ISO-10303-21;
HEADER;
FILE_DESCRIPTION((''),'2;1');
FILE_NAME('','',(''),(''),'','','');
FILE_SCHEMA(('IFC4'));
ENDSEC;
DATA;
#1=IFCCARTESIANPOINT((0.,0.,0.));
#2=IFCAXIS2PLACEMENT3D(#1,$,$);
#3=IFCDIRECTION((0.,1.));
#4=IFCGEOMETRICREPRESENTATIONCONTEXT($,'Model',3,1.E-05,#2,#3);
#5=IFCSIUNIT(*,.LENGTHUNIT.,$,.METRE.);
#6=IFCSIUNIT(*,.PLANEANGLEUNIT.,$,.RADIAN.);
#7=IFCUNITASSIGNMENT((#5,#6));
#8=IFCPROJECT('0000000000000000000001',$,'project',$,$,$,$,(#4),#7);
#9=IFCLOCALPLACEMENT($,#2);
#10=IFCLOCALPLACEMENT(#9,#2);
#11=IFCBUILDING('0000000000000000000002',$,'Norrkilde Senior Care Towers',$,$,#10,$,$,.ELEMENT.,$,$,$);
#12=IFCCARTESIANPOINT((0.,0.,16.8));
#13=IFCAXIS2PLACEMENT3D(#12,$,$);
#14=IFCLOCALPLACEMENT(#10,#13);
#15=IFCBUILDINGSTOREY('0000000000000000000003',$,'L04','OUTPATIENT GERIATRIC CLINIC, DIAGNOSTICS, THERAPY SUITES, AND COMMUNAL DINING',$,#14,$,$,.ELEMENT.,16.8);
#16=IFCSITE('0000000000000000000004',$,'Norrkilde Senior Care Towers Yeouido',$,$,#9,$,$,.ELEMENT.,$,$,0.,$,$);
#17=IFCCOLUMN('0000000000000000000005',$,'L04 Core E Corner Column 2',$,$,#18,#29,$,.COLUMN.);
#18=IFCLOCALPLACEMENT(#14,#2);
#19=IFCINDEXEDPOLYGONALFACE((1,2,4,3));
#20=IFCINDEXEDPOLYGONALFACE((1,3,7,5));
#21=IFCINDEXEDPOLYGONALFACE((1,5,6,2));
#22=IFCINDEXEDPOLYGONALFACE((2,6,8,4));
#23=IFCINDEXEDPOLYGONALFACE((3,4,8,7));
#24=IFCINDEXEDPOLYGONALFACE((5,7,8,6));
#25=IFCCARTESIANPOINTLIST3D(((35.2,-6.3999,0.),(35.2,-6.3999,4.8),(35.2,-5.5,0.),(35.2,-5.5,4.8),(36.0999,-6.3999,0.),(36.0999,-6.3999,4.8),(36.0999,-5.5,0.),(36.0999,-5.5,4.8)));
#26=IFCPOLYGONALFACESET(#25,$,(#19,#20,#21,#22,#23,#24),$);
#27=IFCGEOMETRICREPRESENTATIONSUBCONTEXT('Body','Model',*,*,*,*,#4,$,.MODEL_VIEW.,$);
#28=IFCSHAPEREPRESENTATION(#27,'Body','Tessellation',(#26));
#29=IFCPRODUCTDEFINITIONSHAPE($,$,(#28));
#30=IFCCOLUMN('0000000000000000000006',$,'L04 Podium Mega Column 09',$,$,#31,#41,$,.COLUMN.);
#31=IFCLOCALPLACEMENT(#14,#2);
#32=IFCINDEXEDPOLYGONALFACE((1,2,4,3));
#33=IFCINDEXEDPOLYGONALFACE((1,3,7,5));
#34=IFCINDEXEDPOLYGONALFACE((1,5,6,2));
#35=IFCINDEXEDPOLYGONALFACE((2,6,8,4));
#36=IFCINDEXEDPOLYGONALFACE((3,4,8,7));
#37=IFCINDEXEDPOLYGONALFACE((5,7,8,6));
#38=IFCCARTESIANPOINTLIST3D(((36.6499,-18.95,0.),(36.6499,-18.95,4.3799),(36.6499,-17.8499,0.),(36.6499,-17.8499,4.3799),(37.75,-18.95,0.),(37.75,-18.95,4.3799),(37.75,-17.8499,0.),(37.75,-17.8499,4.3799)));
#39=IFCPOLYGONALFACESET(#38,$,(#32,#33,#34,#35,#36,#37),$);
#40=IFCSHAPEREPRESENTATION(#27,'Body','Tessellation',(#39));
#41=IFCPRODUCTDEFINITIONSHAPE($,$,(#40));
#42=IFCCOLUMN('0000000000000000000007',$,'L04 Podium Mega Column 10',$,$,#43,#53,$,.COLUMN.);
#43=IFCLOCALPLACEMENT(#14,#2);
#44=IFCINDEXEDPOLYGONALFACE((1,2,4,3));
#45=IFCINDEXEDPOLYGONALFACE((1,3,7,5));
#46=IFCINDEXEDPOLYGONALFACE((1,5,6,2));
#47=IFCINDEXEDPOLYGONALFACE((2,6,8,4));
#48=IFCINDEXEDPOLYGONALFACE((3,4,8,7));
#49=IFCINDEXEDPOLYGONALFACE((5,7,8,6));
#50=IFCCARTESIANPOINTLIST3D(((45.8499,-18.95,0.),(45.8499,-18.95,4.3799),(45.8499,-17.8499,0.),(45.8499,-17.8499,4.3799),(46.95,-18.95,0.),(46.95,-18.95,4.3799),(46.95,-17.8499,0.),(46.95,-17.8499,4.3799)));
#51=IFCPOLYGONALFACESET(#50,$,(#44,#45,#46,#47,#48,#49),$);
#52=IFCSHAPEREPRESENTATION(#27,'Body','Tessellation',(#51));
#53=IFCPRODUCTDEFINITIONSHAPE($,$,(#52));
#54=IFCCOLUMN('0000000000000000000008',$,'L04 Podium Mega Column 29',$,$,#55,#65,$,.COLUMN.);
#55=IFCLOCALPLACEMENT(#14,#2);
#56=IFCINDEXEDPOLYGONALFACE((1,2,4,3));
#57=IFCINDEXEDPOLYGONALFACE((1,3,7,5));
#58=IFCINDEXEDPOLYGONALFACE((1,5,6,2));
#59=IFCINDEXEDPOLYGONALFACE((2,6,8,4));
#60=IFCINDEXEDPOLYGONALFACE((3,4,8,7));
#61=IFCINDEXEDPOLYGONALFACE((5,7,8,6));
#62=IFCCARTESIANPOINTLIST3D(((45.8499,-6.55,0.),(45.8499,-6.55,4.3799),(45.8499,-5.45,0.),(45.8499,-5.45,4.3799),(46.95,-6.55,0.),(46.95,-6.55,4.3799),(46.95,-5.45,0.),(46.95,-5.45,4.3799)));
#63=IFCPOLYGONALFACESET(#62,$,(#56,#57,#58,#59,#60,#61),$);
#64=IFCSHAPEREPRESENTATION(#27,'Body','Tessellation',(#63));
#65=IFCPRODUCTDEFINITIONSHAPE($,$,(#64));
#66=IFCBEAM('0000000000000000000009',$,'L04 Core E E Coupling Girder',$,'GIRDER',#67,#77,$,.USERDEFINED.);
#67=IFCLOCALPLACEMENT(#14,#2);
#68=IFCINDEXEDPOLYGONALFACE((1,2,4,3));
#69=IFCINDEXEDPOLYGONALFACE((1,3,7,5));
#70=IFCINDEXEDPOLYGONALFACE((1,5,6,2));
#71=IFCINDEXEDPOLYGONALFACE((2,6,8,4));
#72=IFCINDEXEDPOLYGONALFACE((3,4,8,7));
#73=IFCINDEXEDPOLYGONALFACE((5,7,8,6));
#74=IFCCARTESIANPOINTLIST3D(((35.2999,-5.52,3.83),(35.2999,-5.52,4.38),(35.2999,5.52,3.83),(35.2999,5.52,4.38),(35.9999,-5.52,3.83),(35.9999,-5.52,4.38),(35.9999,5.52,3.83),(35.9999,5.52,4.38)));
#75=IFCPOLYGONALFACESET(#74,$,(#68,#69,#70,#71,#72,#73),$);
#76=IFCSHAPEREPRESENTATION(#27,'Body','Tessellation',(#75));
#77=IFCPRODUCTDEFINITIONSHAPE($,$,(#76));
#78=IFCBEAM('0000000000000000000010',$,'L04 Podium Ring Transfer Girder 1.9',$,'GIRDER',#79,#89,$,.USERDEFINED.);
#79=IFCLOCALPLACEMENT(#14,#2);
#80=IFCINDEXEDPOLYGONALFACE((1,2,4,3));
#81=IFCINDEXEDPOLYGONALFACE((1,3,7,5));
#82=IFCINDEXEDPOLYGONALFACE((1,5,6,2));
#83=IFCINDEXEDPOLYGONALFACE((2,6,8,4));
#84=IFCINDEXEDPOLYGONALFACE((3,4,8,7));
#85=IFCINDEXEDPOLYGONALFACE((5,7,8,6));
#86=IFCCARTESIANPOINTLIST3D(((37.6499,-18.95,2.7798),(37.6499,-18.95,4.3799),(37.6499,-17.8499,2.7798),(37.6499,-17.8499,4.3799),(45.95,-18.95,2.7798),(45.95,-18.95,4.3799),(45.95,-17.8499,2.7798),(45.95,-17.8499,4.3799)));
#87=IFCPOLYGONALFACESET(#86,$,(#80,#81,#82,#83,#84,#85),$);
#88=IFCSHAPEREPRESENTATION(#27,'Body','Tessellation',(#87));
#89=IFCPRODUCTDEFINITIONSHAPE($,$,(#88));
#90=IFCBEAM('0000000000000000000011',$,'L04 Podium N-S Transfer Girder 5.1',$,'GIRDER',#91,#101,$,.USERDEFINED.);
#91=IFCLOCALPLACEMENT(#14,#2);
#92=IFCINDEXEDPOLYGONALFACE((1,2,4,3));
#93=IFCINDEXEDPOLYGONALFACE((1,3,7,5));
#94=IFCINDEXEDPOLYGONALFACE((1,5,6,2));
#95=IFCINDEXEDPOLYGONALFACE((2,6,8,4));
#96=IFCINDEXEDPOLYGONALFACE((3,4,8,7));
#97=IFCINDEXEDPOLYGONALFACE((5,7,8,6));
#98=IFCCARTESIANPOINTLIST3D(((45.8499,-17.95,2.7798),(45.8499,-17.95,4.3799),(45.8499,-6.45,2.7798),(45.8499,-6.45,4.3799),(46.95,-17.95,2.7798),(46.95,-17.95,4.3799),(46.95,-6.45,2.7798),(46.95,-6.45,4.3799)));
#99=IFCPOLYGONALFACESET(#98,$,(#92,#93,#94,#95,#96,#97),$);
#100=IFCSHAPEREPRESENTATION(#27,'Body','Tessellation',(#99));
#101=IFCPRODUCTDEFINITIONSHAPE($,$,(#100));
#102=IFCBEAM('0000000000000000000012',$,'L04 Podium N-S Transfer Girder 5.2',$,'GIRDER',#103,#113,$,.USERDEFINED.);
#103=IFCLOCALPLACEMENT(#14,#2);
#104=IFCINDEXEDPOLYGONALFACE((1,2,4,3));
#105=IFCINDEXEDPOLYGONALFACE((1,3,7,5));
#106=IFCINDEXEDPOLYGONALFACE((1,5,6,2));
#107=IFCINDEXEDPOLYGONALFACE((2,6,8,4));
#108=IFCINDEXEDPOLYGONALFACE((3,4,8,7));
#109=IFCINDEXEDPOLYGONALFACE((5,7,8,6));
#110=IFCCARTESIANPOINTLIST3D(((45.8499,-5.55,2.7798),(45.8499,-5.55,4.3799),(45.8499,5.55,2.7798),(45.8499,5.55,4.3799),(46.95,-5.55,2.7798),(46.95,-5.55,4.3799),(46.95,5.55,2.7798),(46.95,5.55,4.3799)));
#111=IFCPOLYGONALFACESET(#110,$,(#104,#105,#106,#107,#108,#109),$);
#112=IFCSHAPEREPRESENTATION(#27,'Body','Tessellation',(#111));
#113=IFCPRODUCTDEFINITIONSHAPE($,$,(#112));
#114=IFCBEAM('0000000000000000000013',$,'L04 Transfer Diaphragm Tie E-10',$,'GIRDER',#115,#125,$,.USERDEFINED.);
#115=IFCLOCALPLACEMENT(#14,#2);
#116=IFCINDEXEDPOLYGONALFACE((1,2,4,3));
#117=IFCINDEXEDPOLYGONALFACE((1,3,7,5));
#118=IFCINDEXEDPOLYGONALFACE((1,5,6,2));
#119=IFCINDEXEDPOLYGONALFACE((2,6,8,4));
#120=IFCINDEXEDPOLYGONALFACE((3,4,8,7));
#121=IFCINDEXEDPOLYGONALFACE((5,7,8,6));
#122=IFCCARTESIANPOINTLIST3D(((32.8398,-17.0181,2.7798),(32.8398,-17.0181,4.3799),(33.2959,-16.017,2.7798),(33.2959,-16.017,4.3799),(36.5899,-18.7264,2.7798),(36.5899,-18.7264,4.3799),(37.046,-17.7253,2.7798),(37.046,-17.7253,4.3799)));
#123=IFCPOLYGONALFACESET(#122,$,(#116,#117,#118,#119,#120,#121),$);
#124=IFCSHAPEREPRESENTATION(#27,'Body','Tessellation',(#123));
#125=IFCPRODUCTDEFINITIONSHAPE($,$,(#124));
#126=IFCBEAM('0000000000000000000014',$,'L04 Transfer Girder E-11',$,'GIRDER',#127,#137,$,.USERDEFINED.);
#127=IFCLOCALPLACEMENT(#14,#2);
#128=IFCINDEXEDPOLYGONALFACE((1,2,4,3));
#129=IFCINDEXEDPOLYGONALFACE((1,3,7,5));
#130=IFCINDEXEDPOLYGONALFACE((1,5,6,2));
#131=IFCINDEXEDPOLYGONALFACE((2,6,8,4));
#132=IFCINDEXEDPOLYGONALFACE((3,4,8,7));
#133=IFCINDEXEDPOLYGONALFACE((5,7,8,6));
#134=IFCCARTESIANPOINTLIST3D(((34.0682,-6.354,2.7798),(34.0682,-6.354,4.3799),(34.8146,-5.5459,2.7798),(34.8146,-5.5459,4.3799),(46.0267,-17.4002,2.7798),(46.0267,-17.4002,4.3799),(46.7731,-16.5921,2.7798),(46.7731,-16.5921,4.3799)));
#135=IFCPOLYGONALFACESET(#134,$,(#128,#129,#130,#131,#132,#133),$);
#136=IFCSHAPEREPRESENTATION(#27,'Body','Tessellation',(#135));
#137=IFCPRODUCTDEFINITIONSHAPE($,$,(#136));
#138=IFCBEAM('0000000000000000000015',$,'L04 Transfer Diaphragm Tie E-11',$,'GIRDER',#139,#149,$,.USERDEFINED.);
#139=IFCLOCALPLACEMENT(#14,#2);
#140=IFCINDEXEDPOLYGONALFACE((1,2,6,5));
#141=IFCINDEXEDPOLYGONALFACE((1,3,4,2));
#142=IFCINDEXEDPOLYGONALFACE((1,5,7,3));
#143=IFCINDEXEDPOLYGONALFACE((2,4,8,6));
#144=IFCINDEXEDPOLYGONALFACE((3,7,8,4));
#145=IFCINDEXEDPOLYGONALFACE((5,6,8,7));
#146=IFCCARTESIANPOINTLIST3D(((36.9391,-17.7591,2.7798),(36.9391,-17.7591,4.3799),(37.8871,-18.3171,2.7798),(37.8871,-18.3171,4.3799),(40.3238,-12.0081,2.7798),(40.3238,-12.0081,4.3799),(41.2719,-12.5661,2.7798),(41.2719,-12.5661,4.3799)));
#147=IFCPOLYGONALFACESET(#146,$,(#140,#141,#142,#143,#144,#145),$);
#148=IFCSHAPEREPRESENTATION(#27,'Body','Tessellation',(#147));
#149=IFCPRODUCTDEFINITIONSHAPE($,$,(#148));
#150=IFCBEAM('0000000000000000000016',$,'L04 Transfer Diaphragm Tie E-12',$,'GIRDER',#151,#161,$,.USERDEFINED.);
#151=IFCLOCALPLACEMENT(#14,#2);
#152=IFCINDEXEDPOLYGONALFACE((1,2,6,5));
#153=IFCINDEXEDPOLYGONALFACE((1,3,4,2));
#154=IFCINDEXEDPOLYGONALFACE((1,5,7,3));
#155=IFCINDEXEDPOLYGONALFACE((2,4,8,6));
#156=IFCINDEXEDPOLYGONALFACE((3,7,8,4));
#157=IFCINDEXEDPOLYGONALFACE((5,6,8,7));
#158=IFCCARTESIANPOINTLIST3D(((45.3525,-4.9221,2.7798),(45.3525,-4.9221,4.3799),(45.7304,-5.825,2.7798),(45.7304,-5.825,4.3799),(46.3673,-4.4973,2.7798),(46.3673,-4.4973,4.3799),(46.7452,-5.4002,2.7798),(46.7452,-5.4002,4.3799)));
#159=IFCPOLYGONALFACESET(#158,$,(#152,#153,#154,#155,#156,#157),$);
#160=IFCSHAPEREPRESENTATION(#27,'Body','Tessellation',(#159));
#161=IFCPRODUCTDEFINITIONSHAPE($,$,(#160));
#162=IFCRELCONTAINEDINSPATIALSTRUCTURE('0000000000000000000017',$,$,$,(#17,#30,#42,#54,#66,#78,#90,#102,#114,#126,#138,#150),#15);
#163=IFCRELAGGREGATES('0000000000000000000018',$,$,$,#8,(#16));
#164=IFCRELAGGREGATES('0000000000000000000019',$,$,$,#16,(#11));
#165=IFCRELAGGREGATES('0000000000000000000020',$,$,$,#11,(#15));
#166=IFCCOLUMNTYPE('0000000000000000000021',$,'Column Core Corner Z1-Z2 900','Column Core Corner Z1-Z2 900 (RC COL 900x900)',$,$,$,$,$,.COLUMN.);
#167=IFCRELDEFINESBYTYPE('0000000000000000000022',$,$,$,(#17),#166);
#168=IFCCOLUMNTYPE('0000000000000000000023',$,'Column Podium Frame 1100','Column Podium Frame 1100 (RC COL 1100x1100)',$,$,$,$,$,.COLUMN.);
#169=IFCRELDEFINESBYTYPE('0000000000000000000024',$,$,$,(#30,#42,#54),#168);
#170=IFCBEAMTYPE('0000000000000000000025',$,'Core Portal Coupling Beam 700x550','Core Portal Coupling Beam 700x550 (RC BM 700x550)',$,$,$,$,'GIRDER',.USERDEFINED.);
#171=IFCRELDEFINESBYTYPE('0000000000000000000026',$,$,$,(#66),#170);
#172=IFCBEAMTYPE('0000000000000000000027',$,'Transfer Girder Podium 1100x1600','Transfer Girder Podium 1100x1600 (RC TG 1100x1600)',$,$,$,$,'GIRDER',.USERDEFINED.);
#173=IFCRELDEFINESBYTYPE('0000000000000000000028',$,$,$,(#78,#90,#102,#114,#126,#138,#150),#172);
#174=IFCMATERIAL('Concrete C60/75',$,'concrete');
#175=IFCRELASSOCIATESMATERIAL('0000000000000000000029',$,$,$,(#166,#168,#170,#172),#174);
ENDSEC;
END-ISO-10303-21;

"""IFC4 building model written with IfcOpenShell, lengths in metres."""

from ifc_helpers import new_model, si_unit, direction, frame, origin, origin_2d, place, context, subcontext, project, spatial, rectangle, extrude, source, transform, mapped, material, material_profile, profile_set, type_object, type_shapes, element, save


model = new_model("IFC4")

# Units and contexts
model_context = context("Model", 3, precision=1e-05, world=origin(), true_north=direction((0.0, 1.0)))
body_context = subcontext(model_context, "Body", "Model", "MODEL_VIEW")
ifc_project = project(units=[si_unit("LENGTHUNIT", "METRE"), si_unit("PLANEANGLEUNIT", "RADIAN")], contexts=[model_context])

# Site, building, storey
site_placement = place(None, origin())
site = spatial("IfcSite", under=ifc_project, at=site_placement, Name="Norrkilde Senior Care Towers Yeouido", CompositionType="ELEMENT", RefElevation=0.0)
building_placement = place(site_placement, origin())
building = spatial("IfcBuilding", under=site, at=building_placement, Name="Norrkilde Senior Care Towers", CompositionType="ELEMENT")
storey_placement = place(building_placement, frame((0.0, 0.0, 16.8)))
storey = spatial("IfcBuildingStorey", under=building, at=storey_placement, Name="L04", Description="OUTPATIENT GERIATRIC CLINIC, DIAGNOSTICS, THERAPY SUITES, AND COMMUNAL DINING", CompositionType="ELEMENT", Elevation=16.8)

# Columns
ifc_material_1 = material(Name="Concrete C60/75", Category="concrete")
ifc_material_profile_1 = material_profile(ifc_material_1, rectangle(XDim=0.8999, YDim=0.8999, at=origin_2d()), Name="RC COL 900x900")
ifc_profile_set_1 = profile_set([ifc_material_profile_1], Name="Concrete C60/75")
column_type_1 = type_object("IfcColumnType", Name="Column Core Corner Z1-Z2 900", Description="Column Core Corner Z1-Z2 900 (RC COL 900x900)", PredefinedType="COLUMN", material=ifc_profile_set_1)
shared_shape_1 = source(origin(), body_context, "Body", "SweptSolid", [
    extrude(rectangle(XDim=0.8999, YDim=0.8999, at=origin_2d()), origin(), (0.0, 0.0, 1.0), 4.8),
])
type_shapes(column_type_1, [shared_shape_1])
column_placement = place(storey_placement, frame((35.6499, -5.95, 0.0), z_axis=(0.0, 0.0, 1.0), x_axis=(1.0, 0.0, 0.0)))
element("IfcColumn", 1, at=column_placement, inside=storey, type_object=column_type_1, Name="L04 Core E Corner Column 2", PredefinedType="COLUMN", context=body_context, shape_type="MappedRepresentation", body=[
    mapped(shared_shape_1, transform((0.0, 0.0, 0.0), x_axis=(1.0, 0.0, 0.0), y_axis=(0.0, 1.0, 0.0), z_axis=(0.0, 0.0, 1.0), scale=1.0)),
])
ifc_material_profile_2 = material_profile(ifc_material_1, rectangle(XDim=1.1001, YDim=1.1001, at=origin_2d()), Name="RC COL 1100x1100")
ifc_profile_set_2 = profile_set([ifc_material_profile_2], Name="Concrete C60/75")
column_type_2 = type_object("IfcColumnType", Name="Column Podium Frame 1100", Description="Column Podium Frame 1100 (RC COL 1100x1100)", PredefinedType="COLUMN", material=ifc_profile_set_2)
shared_shape_2 = source(origin(), body_context, "Body", "SweptSolid", [
    extrude(rectangle(XDim=1.1001, YDim=1.1001, at=origin_2d()), origin(), (0.0, 0.0, 1.0), 4.3799),
])
type_shapes(column_type_2, [shared_shape_2])
for number, where, z_axis, x_axis, name in (
    (2, (37.2, -18.3999, 0.0), (0.0, 0.0, 1.0), (1.0, 0.0, 0.0), "L04 Podium Mega Column 09"),
    (3, (46.3999, -18.3999, 0.0), (0.0, 0.0, 1.0), (1.0, 0.0, 0.0), "L04 Podium Mega Column 10"),
    (4, (46.3999, -6.0, 0.0), (0.0, 0.0, 1.0), (1.0, 0.0, 0.0), "L04 Podium Mega Column 29"),
):
    element("IfcColumn", number, at=place(storey_placement, frame(where, z_axis=z_axis, x_axis=x_axis)), inside=storey, type_object=column_type_2, Name=name, PredefinedType="COLUMN", context=body_context, shape_type="MappedRepresentation", body=[
        mapped(shared_shape_2, transform((0.0, 0.0, 0.0), x_axis=(1.0, 0.0, 0.0), y_axis=(0.0, 1.0, 0.0), z_axis=(0.0, 0.0, 1.0), scale=1.0)),
    ])

# Beams
ifc_material_profile_3 = material_profile(ifc_material_1, rectangle(XDim=0.7, YDim=0.55, at=origin_2d()), Name="RC BM 700x550")
ifc_profile_set_3 = profile_set([ifc_material_profile_3], Name="Concrete C60/75")
beam_type_1 = type_object("IfcBeamType", Name="Core Portal Coupling Beam 700x550", Description="Core Portal Coupling Beam 700x550 (RC BM 700x550)", ElementType="GIRDER", PredefinedType="USERDEFINED", material=ifc_profile_set_3)
shared_shape_3 = source(origin(), body_context, "Body", "SweptSolid", [
    extrude(rectangle(XDim=0.7, YDim=0.55, at=origin_2d()), origin(), (0.0, 0.0, 1.0), 11.04),
])
type_shapes(beam_type_1, [shared_shape_3])
beam_1_placement = place(storey_placement, frame((35.6499, -5.52, 4.105), z_axis=(0.0, 1.0, 0.0), x_axis=(-1.0, 0.0, 0.0)))
element("IfcBeam", 5, at=beam_1_placement, inside=storey, type_object=beam_type_1, Name="L04 Core E E Coupling Girder", ObjectType="GIRDER", PredefinedType="USERDEFINED", context=body_context, shape_type="MappedRepresentation", body=[
    mapped(shared_shape_3, transform((0.0, 0.0, 0.0), x_axis=(1.0, 0.0, 0.0), y_axis=(0.0, 1.0, 0.0), z_axis=(0.0, 0.0, 1.0), scale=1.0)),
])
ifc_material_profile_4 = material_profile(ifc_material_1, rectangle(XDim=1.1001, YDim=1.6001, at=origin_2d()), Name="RC TG 1100x1600")
ifc_profile_set_4 = profile_set([ifc_material_profile_4], Name="Concrete C60/75")
beam_type_2 = type_object("IfcBeamType", Name="Transfer Girder Podium 1100x1600", Description="Transfer Girder Podium 1100x1600 (RC TG 1100x1600)", ElementType="GIRDER", PredefinedType="USERDEFINED", material=ifc_profile_set_4)
shared_shape_4 = source(origin(), body_context, "Body", "SweptSolid", [
    extrude(rectangle(XDim=1.1001, YDim=1.6001, at=origin_2d()), origin(), (0.0, 0.0, 1.0), 8.3),
])
beam_2_placement = place(storey_placement, frame((37.6499, -18.3999, 3.5798), z_axis=(1.0, 0.0, 0.0), x_axis=(0.0, 1.0, 0.0)))
element("IfcBeam", 6, at=beam_2_placement, inside=storey, type_object=beam_type_2, Name="L04 Podium Ring Transfer Girder 1.9", ObjectType="GIRDER", PredefinedType="USERDEFINED", context=body_context, shape_type="MappedRepresentation", body=[
    mapped(shared_shape_4, transform((0.0, 0.0, 0.0), x_axis=(1.0, 0.0, 0.0), y_axis=(0.0, 1.0, 0.0), z_axis=(0.0, 0.0, 1.0), scale=1.0)),
])
shared_shape_5 = source(origin(), body_context, "Body", "SweptSolid", [
    extrude(rectangle(XDim=1.1001, YDim=1.6001, at=origin_2d()), origin(), (0.0, 0.0, 1.0), 11.5),
])
beam_3_placement = place(storey_placement, frame((46.3999, -17.95, 3.5798), z_axis=(0.0, 1.0, 0.0), x_axis=(-1.0, 0.0, 0.0)))
element("IfcBeam", 7, at=beam_3_placement, inside=storey, type_object=beam_type_2, Name="L04 Podium N-S Transfer Girder 5.1", ObjectType="GIRDER", PredefinedType="USERDEFINED", context=body_context, shape_type="MappedRepresentation", body=[
    mapped(shared_shape_5, transform((0.0, 0.0, 0.0), x_axis=(1.0, 0.0, 0.0), y_axis=(0.0, 1.0, 0.0), z_axis=(0.0, 0.0, 1.0), scale=1.0)),
])
shared_shape_6 = source(origin(), body_context, "Body", "SweptSolid", [
    extrude(rectangle(XDim=1.1001, YDim=1.6001, at=origin_2d()), origin(), (0.0, 0.0, 1.0), 11.1001),
])
beam_4_placement = place(storey_placement, frame((46.3999, -5.55, 3.5798), z_axis=(0.0, 1.0, 0.0), x_axis=(-1.0, 0.0, 0.0)))
element("IfcBeam", 8, at=beam_4_placement, inside=storey, type_object=beam_type_2, Name="L04 Podium N-S Transfer Girder 5.2", ObjectType="GIRDER", PredefinedType="USERDEFINED", context=body_context, shape_type="MappedRepresentation", body=[
    mapped(shared_shape_6, transform((0.0, 0.0, 0.0), x_axis=(1.0, 0.0, 0.0), y_axis=(0.0, 1.0, 0.0), z_axis=(0.0, 0.0, 1.0), scale=1.0)),
])
shared_shape_7 = source(origin(), body_context, "Body", "SweptSolid", [
    extrude(rectangle(XDim=1.1001, YDim=1.6001, at=origin_2d()), origin(), (0.0, 0.0, 1.0), 4.1208),
])
beam_5_placement = place(storey_placement, frame((33.0679, -16.5176, 3.5798), z_axis=(0.910027, -0.414548, 0.0), x_axis=(0.414548, 0.910027, 0.0)))
element("IfcBeam", 9, at=beam_5_placement, inside=storey, type_object=beam_type_2, Name="L04 Transfer Diaphragm Tie E-10", ObjectType="GIRDER", PredefinedType="USERDEFINED", context=body_context, shape_type="MappedRepresentation", body=[
    mapped(shared_shape_7, transform((0.0, 0.0, 0.0), x_axis=(1.0, 0.0, 0.0), y_axis=(0.0, 1.0, 0.0), z_axis=(0.0, 0.0, 1.0), scale=1.0)),
])
shared_shape_8 = source(origin(), body_context, "Body", "SweptSolid", [
    extrude(rectangle(XDim=1.1001, YDim=1.6001, at=origin_2d()), origin(), (0.0, 0.0, 1.0), 16.2795),
])
beam_6_placement = place(storey_placement, frame((34.4414, -5.95, 3.5798), z_axis=(0.734573, -0.67853, 0.0), x_axis=(0.67853, 0.734573, 0.0)))
element("IfcBeam", 10, at=beam_6_placement, inside=storey, type_object=beam_type_2, Name="L04 Transfer Girder E-11", ObjectType="GIRDER", PredefinedType="USERDEFINED", context=body_context, shape_type="MappedRepresentation", body=[
    mapped(shared_shape_8, transform((0.0, 0.0, 0.0), x_axis=(1.0, 0.0, 0.0), y_axis=(0.0, 1.0, 0.0), z_axis=(0.0, 0.0, 1.0), scale=1.0)),
])
shared_shape_9 = source(origin(), body_context, "Body", "SweptSolid", [
    extrude(rectangle(XDim=1.1001, YDim=1.6001, at=origin_2d()), origin(), (0.0, 0.0, 1.0), 6.6731),
])
beam_7_placement = place(storey_placement, frame((40.7979, -12.2871, 3.5798), z_axis=(-0.507225, -0.861814, 0.0), x_axis=(0.861814, -0.507225, 0.0)))
element("IfcBeam", 11, at=beam_7_placement, inside=storey, type_object=beam_type_2, Name="L04 Transfer Diaphragm Tie E-11", ObjectType="GIRDER", PredefinedType="USERDEFINED", context=body_context, shape_type="MappedRepresentation", body=[
    mapped(shared_shape_9, transform((0.0, 0.0, 0.0), x_axis=(1.0, 0.0, 0.0), y_axis=(0.0, 1.0, 0.0), z_axis=(0.0, 0.0, 1.0), scale=1.0)),
])
shared_shape_10 = source(origin(), body_context, "Body", "SweptSolid", [
    extrude(rectangle(XDim=1.1001, YDim=1.6001, at=origin_2d()), origin(), (0.0, 0.0, 1.0), 0.9788),
])
type_shapes(beam_type_2, [shared_shape_4, shared_shape_5, shared_shape_6, shared_shape_7, shared_shape_8, shared_shape_9, shared_shape_10])
beam_8_placement = place(storey_placement, frame((45.8599, -4.7097, 3.5798), z_axis=(0.386138, -0.922441, 0.0), x_axis=(0.922441, 0.386138, 0.0)))
element("IfcBeam", 12, at=beam_8_placement, inside=storey, type_object=beam_type_2, Name="L04 Transfer Diaphragm Tie E-12", ObjectType="GIRDER", PredefinedType="USERDEFINED", context=body_context, shape_type="MappedRepresentation", body=[
    mapped(shared_shape_10, transform((0.0, 0.0, 0.0), x_axis=(1.0, 0.0, 0.0), y_axis=(0.0, 1.0, 0.0), z_axis=(0.0, 0.0, 1.0), scale=1.0)),
])

save(model, "model.ifc")
